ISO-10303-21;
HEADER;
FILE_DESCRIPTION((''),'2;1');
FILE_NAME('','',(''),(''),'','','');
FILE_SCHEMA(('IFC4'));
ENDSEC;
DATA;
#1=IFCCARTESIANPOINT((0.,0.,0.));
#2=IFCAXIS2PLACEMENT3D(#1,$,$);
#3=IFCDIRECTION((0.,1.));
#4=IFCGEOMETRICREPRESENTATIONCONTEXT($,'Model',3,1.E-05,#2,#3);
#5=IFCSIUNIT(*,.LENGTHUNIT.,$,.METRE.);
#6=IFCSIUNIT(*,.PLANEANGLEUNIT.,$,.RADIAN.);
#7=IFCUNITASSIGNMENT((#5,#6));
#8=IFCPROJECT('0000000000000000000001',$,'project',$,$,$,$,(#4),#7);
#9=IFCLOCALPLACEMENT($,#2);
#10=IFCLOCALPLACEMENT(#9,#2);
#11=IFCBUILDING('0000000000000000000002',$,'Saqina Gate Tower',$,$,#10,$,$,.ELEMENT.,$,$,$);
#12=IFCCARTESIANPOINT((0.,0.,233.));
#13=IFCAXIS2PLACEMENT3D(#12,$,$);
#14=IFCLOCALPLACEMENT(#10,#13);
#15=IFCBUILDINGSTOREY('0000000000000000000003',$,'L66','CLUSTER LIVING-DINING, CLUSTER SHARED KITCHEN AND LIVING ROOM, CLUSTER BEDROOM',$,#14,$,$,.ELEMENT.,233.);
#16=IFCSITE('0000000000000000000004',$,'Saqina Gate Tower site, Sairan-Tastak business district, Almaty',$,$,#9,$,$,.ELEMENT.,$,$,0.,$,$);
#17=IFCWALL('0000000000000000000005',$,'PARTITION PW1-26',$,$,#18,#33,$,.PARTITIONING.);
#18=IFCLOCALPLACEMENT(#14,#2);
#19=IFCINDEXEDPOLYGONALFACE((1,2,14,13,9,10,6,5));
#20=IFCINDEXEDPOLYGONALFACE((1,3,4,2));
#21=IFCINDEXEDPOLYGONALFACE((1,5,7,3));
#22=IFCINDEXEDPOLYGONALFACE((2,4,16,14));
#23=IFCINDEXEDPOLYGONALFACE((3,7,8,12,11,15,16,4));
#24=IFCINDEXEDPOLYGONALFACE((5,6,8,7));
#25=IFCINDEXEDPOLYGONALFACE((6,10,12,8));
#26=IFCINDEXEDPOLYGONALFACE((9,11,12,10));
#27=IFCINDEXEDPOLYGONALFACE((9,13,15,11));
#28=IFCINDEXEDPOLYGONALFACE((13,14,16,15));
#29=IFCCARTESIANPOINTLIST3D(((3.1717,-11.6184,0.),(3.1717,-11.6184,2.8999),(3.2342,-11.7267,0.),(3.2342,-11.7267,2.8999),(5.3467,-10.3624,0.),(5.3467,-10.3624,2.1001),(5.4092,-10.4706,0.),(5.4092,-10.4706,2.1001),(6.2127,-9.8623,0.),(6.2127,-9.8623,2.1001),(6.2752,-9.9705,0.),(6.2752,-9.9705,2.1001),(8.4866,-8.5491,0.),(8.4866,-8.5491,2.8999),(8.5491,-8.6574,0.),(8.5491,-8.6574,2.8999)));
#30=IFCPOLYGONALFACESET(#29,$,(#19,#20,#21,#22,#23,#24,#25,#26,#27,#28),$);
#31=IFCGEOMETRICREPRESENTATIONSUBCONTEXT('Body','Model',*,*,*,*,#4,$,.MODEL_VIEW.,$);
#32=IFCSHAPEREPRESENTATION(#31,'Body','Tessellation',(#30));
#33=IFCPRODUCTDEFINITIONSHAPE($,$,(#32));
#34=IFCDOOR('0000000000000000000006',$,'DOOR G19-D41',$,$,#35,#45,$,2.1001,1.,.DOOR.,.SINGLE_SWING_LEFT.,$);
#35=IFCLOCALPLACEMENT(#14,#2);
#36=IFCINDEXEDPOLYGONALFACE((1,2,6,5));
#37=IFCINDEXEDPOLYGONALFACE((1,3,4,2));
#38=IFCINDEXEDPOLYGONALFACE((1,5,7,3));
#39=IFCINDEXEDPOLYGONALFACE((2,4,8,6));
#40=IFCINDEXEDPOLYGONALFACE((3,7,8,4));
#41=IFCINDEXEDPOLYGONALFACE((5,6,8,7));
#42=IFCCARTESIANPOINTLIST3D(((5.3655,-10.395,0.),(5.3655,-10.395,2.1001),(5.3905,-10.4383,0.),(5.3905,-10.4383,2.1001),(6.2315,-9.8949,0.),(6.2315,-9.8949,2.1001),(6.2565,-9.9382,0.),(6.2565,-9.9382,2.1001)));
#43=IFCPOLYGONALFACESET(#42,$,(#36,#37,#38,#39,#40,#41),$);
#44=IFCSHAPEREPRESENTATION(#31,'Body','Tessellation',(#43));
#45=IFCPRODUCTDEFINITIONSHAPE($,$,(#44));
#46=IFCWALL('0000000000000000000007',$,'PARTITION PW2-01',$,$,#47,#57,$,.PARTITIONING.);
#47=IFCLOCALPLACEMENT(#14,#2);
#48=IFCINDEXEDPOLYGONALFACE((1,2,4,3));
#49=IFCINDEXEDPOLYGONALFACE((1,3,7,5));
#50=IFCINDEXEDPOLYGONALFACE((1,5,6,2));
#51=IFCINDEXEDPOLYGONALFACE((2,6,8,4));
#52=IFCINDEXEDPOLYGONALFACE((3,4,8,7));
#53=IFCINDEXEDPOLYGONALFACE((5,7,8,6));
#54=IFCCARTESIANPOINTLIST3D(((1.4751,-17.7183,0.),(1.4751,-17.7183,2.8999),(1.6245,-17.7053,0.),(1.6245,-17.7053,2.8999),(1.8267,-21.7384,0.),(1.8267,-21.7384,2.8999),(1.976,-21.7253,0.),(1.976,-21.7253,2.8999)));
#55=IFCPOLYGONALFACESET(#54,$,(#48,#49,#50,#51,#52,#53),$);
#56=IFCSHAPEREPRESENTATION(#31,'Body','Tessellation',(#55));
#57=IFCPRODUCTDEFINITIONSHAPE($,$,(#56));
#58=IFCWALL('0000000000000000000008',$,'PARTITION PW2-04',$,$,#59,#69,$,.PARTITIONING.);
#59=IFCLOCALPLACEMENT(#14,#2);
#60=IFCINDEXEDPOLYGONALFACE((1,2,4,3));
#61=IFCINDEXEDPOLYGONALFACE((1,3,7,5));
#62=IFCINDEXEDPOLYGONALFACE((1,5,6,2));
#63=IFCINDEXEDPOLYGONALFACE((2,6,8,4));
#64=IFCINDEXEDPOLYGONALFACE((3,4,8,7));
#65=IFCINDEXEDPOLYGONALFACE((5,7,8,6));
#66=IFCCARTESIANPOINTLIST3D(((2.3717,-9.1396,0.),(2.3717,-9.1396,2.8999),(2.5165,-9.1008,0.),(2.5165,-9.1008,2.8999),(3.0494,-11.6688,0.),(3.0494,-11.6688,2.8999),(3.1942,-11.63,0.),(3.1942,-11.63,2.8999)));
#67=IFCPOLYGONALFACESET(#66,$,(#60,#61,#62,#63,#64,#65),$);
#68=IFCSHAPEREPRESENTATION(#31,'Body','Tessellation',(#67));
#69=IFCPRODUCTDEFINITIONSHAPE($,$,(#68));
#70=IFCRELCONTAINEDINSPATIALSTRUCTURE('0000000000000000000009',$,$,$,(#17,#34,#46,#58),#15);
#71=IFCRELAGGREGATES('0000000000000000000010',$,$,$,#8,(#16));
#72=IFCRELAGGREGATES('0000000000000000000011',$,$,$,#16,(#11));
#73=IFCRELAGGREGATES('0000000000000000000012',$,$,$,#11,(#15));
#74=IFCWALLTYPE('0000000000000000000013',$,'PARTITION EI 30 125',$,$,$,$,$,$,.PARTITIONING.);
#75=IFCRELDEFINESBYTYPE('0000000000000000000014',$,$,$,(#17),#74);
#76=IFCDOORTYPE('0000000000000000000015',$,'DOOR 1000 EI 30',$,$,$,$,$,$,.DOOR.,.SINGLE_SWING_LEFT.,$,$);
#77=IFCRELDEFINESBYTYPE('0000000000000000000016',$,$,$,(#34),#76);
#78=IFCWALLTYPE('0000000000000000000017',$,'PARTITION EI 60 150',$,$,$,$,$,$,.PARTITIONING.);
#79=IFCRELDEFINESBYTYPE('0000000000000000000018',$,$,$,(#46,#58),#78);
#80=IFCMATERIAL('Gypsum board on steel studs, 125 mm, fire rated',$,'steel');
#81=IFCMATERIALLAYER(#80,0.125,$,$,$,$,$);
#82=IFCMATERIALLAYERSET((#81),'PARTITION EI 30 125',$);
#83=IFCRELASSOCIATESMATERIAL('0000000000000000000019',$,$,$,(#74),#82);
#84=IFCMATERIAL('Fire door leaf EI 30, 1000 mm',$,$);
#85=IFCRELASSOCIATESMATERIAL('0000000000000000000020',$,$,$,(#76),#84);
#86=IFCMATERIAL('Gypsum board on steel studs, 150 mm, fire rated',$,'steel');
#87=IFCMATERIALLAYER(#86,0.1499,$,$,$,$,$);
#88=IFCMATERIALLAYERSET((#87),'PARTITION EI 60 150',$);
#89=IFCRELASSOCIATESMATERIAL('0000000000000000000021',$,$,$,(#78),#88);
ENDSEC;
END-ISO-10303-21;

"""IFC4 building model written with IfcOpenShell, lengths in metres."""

from ifc_helpers import new_model, si_unit, direction, frame, frame_2d, origin, place, context, subcontext, project, spatial, rectangle, extrude, material, layer, layer_set, type_object, element, fill, save


model = new_model("IFC4")

# Units and contexts
model_context = context("Model", 3, precision=1e-05, world=origin(), true_north=direction((0.0, 1.0)))
body_context = subcontext(model_context, "Body", "Model", "MODEL_VIEW")
ifc_project = project(units=[si_unit("LENGTHUNIT", "METRE"), si_unit("PLANEANGLEUNIT", "RADIAN")], contexts=[model_context])

# Site, building, storey
site_placement = place(None, origin())
site = spatial("IfcSite", under=ifc_project, at=site_placement, Name="Saqina Gate Tower site, Sairan-Tastak business district, Almaty", CompositionType="ELEMENT", RefElevation=0.0)
building_placement = place(site_placement, origin())
building = spatial("IfcBuilding", under=site, at=building_placement, Name="Saqina Gate Tower", CompositionType="ELEMENT")
storey_placement = place(building_placement, frame((0.0, 0.0, 233.0)))
storey = spatial("IfcBuildingStorey", under=building, at=storey_placement, Name="L66", Description="CLUSTER LIVING-DINING, CLUSTER SHARED KITCHEN AND LIVING ROOM, CLUSTER BEDROOM", CompositionType="ELEMENT", Elevation=233.0)

# Shared definitions
ifc_material_1 = material(Name="Gypsum board on steel studs, 125 mm, fire rated", Category="steel")
ifc_layer_1 = layer(ifc_material_1, 0.125)
ifc_layer_set_1 = layer_set([ifc_layer_1], Name="PARTITION EI 30 125")
wall_type_1 = type_object("IfcWallType", Name="PARTITION EI 30 125", PredefinedType="PARTITIONING", material=ifc_layer_set_1)

# Wall, opening, door
wall_1_placement = place(storey_placement, frame((3.2029, -11.6726, 0.0), z_axis=(0.0, 0.0, 1.0), x_axis=(0.865972, 0.500092, 0.0)))
wall_1 = element("IfcWall", 1, at=wall_1_placement, inside=storey, type_object=wall_type_1, Name="PARTITION PW1-26", PredefinedType="PARTITIONING", context=body_context, shape_type="SweptSolid", body=[
    extrude(rectangle(XDim=6.1375, YDim=0.125, at=frame_2d((3.0688, 0.0))), origin(), (0.0, 0.0, 1.0), 2.8999),
])
opening_1_placement = place(wall_1_placement, frame((2.5117, 0.0, 0.0)))
opening_1 = element("IfcOpeningElement", 2, at=opening_1_placement, cuts=wall_1, PredefinedType="OPENING", context=body_context, shape_type="SweptSolid", body=[
    extrude(rectangle(XDim=1.0, YDim=2.1001, at=frame_2d((0.5, 1.05))), frame((0.0, 0.0745, 0.0), z_axis=(0.0, -1.0, 0.0), x_axis=(1.0, 0.0, 0.0)), (0.0, 0.0, 1.0), 0.1489),
])
ifc_material_2 = material(Name="Fire door leaf EI 30, 1000 mm")
door_type_1 = type_object("IfcDoorType", Name="DOOR 1000 EI 30", OperationType="SINGLE_SWING_LEFT", PredefinedType="DOOR", material=ifc_material_2)
door_1_placement = place(opening_1_placement, origin())
door_1 = element("IfcDoor", 3, at=door_1_placement, inside=storey, type_object=door_type_1, Name="DOOR G19-D41", OperationType="SINGLE_SWING_LEFT", OverallHeight=2.1001, OverallWidth=1.0, PredefinedType="DOOR", context=body_context, shape_type="SweptSolid", body=[
    extrude(rectangle(XDim=1.0, YDim=2.1001, at=frame_2d((0.5, 1.05))), frame((0.0, 0.0249, 0.0), z_axis=(0.0, -1.0, 0.0), x_axis=(1.0, 0.0, 0.0)), (0.0, 0.0, 1.0), 0.05),
])
fill(opening_1, door_1)

# Walls
ifc_material_3 = material(Name="Gypsum board on steel studs, 150 mm, fire rated", Category="steel")
ifc_layer_2 = layer(ifc_material_3, 0.1499)
ifc_layer_set_2 = layer_set([ifc_layer_2], Name="PARTITION EI 60 150")
wall_type_2 = type_object("IfcWallType", Name="PARTITION EI 60 150", PredefinedType="PARTITIONING", material=ifc_layer_set_2)
wall_2_placement = place(storey_placement, frame((1.5498, -17.7119, 0.0), z_axis=(0.0, 0.0, 1.0), x_axis=(0.08712, -0.996198, 0.0)))
element("IfcWall", 4, at=wall_2_placement, inside=storey, type_object=wall_type_2, Name="PARTITION PW2-01", PredefinedType="PARTITIONING", context=body_context, shape_type="SweptSolid", body=[
    extrude(rectangle(XDim=4.0354, YDim=0.1499, at=frame_2d((2.0176, 0.0))), origin(), (0.0, 0.0, 1.0), 2.8999),
])
wall_3_placement = place(storey_placement, frame((2.4441, -9.1204, 0.0), z_axis=(0.0, 0.0, 1.0), x_axis=(0.258823, -0.965925, 0.0)))
element("IfcWall", 5, at=wall_3_placement, inside=storey, type_object=wall_type_2, Name="PARTITION PW2-04", PredefinedType="PARTITIONING", context=body_context, shape_type="SweptSolid", body=[
    extrude(rectangle(XDim=2.6184, YDim=0.1499, at=frame_2d((1.3091, 0.0))), origin(), (0.0, 0.0, 1.0), 2.8999),
])

save(model, "model.ifc")
